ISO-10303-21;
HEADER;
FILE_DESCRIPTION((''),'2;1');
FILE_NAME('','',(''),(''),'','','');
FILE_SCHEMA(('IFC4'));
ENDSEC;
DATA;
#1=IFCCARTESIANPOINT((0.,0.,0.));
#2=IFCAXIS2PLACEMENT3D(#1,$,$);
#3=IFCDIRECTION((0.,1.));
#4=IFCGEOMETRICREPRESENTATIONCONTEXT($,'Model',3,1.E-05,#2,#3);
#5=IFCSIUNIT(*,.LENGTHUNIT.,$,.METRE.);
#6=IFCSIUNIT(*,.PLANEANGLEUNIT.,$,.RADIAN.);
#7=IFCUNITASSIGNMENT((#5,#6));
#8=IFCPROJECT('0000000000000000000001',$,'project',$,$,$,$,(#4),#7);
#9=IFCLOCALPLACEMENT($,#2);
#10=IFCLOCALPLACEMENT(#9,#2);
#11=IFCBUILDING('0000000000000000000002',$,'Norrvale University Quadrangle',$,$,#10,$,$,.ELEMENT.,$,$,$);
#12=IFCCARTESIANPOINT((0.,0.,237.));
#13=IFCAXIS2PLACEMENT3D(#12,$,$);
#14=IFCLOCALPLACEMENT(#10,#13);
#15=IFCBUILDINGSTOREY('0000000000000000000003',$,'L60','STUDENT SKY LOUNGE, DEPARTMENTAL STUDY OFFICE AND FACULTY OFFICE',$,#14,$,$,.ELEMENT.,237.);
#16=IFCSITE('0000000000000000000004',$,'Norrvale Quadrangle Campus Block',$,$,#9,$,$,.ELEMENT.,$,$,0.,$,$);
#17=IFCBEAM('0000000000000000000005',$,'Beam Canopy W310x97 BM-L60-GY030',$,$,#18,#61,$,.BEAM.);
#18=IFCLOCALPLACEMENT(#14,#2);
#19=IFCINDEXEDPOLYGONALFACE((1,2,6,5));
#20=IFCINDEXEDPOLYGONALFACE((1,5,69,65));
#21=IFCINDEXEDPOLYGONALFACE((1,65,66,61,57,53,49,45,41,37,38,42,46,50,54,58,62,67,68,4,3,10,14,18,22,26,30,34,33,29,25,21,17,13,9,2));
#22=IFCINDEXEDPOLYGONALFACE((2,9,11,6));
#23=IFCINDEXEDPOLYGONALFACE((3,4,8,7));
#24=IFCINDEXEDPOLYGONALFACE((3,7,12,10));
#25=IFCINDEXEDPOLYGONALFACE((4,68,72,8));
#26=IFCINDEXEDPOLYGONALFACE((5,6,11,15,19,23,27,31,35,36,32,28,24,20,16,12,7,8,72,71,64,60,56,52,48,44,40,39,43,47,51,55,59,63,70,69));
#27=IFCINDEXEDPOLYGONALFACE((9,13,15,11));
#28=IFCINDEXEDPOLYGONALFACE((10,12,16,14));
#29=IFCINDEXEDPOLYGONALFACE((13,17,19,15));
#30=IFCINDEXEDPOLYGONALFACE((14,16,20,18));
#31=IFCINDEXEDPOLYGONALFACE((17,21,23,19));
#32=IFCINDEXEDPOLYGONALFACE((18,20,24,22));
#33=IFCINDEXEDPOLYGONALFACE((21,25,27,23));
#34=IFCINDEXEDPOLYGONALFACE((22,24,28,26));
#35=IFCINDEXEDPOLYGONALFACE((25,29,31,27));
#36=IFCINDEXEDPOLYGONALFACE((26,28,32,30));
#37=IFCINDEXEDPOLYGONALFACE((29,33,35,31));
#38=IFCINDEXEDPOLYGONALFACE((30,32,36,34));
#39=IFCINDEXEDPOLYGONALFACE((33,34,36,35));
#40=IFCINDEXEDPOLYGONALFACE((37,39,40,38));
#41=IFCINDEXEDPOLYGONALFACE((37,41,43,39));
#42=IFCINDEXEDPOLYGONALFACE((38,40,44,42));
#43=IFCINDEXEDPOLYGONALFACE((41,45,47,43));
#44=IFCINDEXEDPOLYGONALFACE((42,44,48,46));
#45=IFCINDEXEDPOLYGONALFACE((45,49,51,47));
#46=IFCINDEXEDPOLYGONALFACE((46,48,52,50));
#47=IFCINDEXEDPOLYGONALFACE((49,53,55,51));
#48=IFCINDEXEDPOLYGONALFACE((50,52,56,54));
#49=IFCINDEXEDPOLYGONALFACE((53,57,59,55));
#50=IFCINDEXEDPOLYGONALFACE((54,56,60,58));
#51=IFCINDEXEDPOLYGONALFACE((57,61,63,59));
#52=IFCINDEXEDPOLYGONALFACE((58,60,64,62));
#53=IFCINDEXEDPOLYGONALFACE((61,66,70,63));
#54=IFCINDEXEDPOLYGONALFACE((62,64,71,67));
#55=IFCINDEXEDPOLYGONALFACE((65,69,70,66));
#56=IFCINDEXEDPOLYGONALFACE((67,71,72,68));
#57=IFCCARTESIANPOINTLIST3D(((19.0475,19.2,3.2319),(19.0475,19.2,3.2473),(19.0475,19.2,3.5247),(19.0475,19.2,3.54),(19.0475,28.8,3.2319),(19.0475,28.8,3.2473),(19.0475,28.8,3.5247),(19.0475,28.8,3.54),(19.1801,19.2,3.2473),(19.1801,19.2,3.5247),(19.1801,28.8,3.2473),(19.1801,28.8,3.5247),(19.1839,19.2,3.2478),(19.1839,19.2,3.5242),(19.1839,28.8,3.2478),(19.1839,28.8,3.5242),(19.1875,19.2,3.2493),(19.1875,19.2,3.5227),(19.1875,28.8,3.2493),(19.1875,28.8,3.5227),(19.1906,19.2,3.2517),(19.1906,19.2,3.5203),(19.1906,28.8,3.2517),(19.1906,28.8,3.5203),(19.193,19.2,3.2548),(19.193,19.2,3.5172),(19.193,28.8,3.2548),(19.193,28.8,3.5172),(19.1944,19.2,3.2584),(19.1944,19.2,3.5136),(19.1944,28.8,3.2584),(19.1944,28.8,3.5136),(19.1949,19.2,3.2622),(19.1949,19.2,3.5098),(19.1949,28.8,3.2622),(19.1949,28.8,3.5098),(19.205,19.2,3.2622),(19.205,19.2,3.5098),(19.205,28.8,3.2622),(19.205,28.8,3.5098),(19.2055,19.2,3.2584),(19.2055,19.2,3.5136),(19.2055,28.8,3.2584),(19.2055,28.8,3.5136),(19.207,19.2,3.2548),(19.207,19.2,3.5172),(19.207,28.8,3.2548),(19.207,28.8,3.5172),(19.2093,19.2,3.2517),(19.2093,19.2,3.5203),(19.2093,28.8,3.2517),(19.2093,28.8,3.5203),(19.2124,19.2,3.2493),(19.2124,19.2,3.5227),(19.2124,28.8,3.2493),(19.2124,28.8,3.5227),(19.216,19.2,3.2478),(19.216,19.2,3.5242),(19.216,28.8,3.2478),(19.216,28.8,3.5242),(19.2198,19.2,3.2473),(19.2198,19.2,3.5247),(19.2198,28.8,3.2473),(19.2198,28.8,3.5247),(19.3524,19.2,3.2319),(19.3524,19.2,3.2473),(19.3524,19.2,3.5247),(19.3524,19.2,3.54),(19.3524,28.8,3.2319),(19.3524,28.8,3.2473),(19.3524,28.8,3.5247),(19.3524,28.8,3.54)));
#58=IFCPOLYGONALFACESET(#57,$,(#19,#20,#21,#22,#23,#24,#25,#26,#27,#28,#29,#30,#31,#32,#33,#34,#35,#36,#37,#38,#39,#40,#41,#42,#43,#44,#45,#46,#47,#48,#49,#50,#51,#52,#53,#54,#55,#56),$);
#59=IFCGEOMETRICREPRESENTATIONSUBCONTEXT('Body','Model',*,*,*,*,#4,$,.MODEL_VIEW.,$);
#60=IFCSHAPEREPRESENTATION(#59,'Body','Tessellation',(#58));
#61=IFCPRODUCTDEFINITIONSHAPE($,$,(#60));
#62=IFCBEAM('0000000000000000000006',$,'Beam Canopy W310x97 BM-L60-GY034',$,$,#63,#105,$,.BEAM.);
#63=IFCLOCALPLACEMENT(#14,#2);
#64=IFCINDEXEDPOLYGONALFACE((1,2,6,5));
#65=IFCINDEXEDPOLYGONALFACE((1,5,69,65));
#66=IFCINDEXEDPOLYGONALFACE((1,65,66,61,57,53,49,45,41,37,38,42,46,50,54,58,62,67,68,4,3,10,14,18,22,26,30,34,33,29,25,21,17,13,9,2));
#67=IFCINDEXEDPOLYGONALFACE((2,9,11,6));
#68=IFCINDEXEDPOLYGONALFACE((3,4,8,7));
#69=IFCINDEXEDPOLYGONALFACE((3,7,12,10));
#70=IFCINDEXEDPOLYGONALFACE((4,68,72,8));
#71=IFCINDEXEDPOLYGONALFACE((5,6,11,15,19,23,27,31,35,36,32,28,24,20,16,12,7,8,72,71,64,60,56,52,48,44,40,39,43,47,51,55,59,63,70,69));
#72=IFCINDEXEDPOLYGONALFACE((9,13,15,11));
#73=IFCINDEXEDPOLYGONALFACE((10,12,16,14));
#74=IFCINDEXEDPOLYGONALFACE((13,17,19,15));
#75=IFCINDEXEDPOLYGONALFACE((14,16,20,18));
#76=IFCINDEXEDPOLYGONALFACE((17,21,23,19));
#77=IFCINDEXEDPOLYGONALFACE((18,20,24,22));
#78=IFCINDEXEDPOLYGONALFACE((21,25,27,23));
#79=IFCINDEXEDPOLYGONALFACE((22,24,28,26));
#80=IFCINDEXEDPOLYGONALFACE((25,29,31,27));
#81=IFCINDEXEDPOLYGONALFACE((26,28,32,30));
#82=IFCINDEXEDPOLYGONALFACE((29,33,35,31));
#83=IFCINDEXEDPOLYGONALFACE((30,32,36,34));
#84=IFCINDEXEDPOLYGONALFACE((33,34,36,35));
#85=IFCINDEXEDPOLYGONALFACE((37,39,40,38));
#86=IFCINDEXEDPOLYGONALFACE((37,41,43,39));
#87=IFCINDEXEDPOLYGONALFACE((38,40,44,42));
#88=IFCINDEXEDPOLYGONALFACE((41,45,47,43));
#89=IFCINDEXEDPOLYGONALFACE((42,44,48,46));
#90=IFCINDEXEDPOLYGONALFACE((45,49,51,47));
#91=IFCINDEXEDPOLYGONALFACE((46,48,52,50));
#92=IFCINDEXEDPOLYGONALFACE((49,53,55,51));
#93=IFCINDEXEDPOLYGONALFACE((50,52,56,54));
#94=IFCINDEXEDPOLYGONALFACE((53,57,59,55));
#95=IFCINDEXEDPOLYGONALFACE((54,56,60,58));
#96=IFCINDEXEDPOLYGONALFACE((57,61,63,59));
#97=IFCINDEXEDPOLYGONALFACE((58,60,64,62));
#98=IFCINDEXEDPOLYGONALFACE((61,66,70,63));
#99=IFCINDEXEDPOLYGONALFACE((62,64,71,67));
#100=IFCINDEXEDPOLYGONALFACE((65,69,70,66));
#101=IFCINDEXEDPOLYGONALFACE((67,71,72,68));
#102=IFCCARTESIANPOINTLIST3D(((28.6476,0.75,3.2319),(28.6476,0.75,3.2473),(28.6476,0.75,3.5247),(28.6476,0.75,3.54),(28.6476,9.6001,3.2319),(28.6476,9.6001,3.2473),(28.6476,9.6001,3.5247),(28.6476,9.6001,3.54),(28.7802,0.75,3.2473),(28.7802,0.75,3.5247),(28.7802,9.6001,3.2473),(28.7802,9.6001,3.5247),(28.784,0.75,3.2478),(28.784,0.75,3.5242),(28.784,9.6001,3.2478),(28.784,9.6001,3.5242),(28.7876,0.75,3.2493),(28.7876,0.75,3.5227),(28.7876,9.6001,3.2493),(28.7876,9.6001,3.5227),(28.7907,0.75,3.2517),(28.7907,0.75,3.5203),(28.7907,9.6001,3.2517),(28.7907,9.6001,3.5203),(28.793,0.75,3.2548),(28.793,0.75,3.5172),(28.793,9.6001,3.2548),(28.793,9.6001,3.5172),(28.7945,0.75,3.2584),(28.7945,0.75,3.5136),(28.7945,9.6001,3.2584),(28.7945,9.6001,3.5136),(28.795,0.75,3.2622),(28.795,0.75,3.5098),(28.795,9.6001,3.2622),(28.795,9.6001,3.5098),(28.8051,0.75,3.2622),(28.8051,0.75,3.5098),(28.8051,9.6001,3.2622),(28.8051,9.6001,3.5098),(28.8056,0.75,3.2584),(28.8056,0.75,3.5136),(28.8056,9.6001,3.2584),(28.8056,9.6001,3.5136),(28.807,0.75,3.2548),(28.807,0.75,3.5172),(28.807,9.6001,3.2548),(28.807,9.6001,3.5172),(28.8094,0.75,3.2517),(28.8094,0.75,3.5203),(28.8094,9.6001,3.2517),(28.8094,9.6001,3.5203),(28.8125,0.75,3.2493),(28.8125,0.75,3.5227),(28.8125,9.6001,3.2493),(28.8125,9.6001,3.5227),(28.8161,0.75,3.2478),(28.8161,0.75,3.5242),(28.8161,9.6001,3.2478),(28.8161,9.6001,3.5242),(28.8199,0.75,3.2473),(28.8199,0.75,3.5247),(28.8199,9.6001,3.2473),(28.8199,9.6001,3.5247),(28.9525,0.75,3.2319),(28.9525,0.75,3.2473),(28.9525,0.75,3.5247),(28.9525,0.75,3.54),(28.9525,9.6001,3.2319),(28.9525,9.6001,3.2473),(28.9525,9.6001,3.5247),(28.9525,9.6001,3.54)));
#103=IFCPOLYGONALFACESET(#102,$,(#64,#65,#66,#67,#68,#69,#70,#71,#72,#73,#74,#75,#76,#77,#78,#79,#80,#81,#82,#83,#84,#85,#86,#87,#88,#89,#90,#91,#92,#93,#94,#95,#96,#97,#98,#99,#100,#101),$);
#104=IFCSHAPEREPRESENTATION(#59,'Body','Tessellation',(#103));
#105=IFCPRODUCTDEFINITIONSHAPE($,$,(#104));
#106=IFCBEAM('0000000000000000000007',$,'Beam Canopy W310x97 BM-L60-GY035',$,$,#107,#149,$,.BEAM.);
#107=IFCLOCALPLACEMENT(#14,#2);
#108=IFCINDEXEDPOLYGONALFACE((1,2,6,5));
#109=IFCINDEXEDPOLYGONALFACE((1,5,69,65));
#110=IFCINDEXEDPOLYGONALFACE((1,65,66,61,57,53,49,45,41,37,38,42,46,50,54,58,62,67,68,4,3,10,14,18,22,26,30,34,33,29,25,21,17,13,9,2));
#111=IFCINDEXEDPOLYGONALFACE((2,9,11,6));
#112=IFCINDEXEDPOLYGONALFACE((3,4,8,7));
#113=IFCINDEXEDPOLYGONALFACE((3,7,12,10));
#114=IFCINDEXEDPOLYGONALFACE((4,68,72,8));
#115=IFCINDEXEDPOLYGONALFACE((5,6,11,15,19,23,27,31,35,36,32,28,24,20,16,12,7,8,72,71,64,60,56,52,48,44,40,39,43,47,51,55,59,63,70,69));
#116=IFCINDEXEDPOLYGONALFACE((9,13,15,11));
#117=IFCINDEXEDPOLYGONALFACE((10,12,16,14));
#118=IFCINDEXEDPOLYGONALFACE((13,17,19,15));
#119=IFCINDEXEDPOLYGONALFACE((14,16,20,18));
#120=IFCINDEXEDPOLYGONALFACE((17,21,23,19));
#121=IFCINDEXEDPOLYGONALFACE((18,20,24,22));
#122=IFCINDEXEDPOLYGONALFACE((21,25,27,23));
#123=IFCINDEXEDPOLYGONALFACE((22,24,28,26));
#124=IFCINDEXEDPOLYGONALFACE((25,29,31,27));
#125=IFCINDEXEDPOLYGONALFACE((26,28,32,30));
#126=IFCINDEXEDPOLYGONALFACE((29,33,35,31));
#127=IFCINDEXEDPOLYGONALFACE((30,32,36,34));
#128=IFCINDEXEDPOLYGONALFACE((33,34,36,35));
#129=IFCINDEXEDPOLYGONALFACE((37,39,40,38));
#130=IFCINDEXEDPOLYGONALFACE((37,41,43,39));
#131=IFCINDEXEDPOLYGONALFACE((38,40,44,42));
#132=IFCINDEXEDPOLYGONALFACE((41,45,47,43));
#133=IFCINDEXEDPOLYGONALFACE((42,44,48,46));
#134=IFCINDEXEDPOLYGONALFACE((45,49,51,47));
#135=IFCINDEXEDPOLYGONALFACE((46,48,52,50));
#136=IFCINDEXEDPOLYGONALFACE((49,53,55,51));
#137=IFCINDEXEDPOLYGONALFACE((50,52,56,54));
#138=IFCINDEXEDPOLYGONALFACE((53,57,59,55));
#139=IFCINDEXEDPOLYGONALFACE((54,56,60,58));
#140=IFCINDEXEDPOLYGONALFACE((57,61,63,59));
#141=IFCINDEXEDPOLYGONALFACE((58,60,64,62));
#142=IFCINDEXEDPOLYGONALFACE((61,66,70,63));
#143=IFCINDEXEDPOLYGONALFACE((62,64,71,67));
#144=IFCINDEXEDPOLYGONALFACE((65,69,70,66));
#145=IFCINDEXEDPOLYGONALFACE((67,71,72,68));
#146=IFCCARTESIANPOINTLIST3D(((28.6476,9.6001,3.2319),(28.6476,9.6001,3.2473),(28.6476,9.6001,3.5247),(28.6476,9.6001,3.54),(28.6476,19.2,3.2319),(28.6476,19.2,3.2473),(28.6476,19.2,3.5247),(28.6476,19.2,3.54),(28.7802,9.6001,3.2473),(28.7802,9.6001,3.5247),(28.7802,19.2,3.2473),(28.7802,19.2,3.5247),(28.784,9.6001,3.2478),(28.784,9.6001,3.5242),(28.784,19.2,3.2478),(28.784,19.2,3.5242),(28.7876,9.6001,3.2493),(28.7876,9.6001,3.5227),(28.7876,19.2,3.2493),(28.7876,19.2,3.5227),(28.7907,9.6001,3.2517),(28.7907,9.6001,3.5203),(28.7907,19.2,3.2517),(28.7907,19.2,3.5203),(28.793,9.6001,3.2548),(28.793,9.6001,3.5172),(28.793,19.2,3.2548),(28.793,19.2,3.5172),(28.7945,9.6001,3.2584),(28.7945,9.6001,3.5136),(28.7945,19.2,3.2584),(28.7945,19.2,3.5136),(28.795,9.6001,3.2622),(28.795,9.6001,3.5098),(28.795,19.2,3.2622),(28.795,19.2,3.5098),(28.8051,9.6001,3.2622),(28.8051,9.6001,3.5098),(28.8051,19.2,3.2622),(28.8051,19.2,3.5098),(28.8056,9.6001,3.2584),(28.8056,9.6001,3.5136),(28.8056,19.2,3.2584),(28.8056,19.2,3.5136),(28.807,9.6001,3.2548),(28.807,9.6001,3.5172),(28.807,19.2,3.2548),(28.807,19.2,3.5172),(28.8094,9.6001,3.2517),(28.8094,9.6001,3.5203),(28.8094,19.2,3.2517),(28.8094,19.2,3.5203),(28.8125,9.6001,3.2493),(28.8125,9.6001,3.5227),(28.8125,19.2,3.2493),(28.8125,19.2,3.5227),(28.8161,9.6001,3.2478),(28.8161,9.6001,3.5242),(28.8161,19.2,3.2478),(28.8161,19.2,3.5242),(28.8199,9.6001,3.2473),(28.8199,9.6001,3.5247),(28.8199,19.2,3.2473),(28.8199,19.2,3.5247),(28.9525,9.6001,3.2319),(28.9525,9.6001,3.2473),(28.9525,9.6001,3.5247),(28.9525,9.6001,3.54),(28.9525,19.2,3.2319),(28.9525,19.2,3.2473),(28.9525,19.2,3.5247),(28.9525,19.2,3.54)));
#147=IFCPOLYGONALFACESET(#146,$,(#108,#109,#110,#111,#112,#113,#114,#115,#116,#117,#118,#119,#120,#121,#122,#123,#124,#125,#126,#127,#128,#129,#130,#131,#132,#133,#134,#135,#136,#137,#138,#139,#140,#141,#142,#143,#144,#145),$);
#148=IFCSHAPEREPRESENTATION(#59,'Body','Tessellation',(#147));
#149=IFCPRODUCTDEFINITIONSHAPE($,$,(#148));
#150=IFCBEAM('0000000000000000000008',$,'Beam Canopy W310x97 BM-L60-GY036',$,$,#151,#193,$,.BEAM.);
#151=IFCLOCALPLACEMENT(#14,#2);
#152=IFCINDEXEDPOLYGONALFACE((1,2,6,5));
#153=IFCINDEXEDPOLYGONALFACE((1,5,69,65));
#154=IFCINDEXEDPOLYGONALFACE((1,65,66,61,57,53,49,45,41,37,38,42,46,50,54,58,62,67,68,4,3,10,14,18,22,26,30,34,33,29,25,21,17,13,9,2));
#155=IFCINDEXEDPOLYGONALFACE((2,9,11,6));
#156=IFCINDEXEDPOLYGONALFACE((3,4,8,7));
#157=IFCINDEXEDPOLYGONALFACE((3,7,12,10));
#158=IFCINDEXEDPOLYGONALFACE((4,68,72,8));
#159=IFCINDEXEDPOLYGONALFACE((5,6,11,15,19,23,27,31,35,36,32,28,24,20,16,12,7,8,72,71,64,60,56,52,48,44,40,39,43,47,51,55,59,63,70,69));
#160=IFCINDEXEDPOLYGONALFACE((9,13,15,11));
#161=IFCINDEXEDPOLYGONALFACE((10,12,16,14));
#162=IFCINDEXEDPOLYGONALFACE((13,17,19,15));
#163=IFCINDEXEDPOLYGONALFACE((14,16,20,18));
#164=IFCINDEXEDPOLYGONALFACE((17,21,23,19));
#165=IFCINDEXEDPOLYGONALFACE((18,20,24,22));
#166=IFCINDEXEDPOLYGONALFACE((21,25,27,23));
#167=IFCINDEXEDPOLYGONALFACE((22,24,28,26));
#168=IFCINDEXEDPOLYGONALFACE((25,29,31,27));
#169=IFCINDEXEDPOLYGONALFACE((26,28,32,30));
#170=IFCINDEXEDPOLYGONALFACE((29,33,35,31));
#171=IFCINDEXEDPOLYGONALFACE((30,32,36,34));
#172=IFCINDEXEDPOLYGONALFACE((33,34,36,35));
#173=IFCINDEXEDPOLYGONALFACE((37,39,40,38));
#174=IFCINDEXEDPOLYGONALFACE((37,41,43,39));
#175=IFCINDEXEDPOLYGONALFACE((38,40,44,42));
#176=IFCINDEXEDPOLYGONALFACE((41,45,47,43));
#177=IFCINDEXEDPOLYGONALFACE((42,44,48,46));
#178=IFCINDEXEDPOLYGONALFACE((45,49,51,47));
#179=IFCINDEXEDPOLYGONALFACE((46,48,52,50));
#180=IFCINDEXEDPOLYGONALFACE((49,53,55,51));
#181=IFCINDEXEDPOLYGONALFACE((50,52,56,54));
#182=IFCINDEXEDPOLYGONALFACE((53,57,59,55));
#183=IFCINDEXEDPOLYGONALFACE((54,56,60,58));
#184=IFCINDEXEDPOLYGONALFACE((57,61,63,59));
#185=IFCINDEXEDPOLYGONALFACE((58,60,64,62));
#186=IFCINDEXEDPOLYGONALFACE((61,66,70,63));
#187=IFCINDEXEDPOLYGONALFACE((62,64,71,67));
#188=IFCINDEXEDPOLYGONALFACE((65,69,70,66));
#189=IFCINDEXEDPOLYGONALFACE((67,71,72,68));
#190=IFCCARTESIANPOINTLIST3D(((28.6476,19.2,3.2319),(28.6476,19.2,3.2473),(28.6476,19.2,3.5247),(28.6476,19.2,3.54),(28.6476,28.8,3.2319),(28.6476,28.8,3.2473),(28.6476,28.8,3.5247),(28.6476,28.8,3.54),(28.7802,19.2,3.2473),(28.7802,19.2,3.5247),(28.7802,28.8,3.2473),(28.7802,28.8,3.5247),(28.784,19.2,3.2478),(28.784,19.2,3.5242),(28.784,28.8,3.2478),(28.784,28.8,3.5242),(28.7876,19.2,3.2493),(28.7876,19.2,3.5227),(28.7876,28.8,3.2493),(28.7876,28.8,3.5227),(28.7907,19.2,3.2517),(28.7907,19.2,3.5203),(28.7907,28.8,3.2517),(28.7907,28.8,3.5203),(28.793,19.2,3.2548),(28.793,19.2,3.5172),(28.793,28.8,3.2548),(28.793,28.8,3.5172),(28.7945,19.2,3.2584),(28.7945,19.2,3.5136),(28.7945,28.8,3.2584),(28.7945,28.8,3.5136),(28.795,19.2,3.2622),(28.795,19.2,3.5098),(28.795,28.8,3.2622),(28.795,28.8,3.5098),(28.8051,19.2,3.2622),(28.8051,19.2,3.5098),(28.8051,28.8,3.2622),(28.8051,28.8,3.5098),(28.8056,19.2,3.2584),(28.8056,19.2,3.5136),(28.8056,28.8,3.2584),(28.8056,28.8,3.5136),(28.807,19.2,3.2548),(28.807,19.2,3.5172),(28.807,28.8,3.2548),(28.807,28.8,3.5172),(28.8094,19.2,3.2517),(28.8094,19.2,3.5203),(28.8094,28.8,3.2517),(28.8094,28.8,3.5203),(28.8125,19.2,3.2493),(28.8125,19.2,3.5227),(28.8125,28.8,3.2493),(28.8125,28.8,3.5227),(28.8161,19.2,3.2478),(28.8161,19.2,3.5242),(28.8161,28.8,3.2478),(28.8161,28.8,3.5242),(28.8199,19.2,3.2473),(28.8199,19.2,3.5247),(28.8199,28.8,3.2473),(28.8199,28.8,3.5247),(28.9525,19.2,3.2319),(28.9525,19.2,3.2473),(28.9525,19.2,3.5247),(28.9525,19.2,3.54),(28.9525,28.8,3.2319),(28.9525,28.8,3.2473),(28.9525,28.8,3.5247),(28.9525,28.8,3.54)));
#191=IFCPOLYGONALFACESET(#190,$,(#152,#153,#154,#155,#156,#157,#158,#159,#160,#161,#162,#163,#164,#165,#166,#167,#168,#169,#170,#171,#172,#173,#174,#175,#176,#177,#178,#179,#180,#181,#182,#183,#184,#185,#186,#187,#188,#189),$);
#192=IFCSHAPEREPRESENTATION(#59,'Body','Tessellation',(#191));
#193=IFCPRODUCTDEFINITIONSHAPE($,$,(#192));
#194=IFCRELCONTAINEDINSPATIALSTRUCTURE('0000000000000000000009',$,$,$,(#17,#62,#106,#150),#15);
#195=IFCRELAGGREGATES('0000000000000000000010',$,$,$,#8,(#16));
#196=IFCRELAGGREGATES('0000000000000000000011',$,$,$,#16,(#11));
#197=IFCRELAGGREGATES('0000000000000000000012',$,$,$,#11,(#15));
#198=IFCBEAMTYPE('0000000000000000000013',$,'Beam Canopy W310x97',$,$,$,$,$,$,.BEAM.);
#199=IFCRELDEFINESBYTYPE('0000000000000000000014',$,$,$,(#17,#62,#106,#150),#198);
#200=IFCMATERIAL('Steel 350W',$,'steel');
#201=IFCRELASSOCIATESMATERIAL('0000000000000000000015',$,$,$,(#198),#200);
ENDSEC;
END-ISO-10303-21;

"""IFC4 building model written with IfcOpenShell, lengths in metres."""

from ifc_helpers import new_model, si_unit, direction, frame, origin, origin_2d, place, context, subcontext, project, spatial, i_section, extrude, material, material_profile, profile_set, type_object, element, save


model = new_model("IFC4")

# Units and contexts
model_context = context("Model", 3, precision=1e-05, world=origin(), true_north=direction((0.0, 1.0)))
body_context = subcontext(model_context, "Body", "Model", "MODEL_VIEW")
ifc_project = project(units=[si_unit("LENGTHUNIT", "METRE"), si_unit("PLANEANGLEUNIT", "RADIAN")], contexts=[model_context])

# Site, building, storey
site_placement = place(None, origin())
site = spatial("IfcSite", under=ifc_project, at=site_placement, Name="Norrvale Quadrangle Campus Block", CompositionType="ELEMENT", RefElevation=0.0)
building_placement = place(site_placement, origin())
building = spatial("IfcBuilding", under=site, at=building_placement, Name="Norrvale University Quadrangle", CompositionType="ELEMENT")
storey_placement = place(building_placement, frame((0.0, 0.0, 237.0)))
storey = spatial("IfcBuildingStorey", under=building, at=storey_placement, Name="L60", Description="STUDENT SKY LOUNGE, DEPARTMENTAL STUDY OFFICE AND FACULTY OFFICE", CompositionType="ELEMENT", Elevation=237.0)

# Beams
ifc_material_1 = material(Name="Steel 350W", Category="steel")
ifc_material_profile_1 = material_profile(ifc_material_1, i_section(OverallWidth=0.3049, OverallDepth=0.3081, WebThickness=0.01, FlangeThickness=0.0154, FilletRadius=0.0149, at=origin_2d()), Name="Steel 350W")
ifc_profile_set_1 = profile_set([ifc_material_profile_1], Name="Steel 350W")
beam_type_1 = type_object("IfcBeamType", Name="Beam Canopy W310x97", PredefinedType="BEAM", material=ifc_profile_set_1)
beam_1_placement = place(storey_placement, frame((19.2, 19.2, 3.386), z_axis=(0.0, 1.0, 0.0), x_axis=(-1.0, 0.0, 0.0)))
element("IfcBeam", 1, at=beam_1_placement, inside=storey, type_object=beam_type_1, Name="Beam Canopy W310x97 BM-L60-GY030", PredefinedType="BEAM", context=body_context, shape_type="SweptSolid", body=[
    extrude(i_section(OverallWidth=0.3049, OverallDepth=0.3081, WebThickness=0.01, FlangeThickness=0.0154, FilletRadius=0.0149, at=origin_2d()), origin(), (0.0, 0.0, 1.0), 9.6001),
])
beam_2_placement = place(storey_placement, frame((28.8, 0.75, 3.386), z_axis=(0.0, 1.0, 0.0), x_axis=(-1.0, 0.0, 0.0)))
element("IfcBeam", 2, at=beam_2_placement, inside=storey, type_object=beam_type_1, Name="Beam Canopy W310x97 BM-L60-GY034", PredefinedType="BEAM", context=body_context, shape_type="SweptSolid", body=[
    extrude(i_section(OverallWidth=0.3049, OverallDepth=0.3081, WebThickness=0.01, FlangeThickness=0.0154, FilletRadius=0.0149, at=origin_2d()), origin(), (0.0, 0.0, 1.0), 8.8501),
])
beam_3_placement = place(storey_placement, frame((28.8, 9.6001, 3.386), z_axis=(0.0, 1.0, 0.0), x_axis=(-1.0, 0.0, 0.0)))
element("IfcBeam", 3, at=beam_3_placement, inside=storey, type_object=beam_type_1, Name="Beam Canopy W310x97 BM-L60-GY035", PredefinedType="BEAM", context=body_context, shape_type="SweptSolid", body=[
    extrude(i_section(OverallWidth=0.3049, OverallDepth=0.3081, WebThickness=0.01, FlangeThickness=0.0154, FilletRadius=0.0149, at=origin_2d()), origin(), (0.0, 0.0, 1.0), 9.5999),
])
beam_4_placement = place(storey_placement, frame((28.8, 19.2, 3.386), z_axis=(0.0, 1.0, 0.0), x_axis=(-1.0, 0.0, 0.0)))
element("IfcBeam", 4, at=beam_4_placement, inside=storey, type_object=beam_type_1, Name="Beam Canopy W310x97 BM-L60-GY036", PredefinedType="BEAM", context=body_context, shape_type="SweptSolid", body=[
    extrude(i_section(OverallWidth=0.3049, OverallDepth=0.3081, WebThickness=0.01, FlangeThickness=0.0154, FilletRadius=0.0149, at=origin_2d()), origin(), (0.0, 0.0, 1.0), 9.6001),
])

save(model, "model.ifc")
